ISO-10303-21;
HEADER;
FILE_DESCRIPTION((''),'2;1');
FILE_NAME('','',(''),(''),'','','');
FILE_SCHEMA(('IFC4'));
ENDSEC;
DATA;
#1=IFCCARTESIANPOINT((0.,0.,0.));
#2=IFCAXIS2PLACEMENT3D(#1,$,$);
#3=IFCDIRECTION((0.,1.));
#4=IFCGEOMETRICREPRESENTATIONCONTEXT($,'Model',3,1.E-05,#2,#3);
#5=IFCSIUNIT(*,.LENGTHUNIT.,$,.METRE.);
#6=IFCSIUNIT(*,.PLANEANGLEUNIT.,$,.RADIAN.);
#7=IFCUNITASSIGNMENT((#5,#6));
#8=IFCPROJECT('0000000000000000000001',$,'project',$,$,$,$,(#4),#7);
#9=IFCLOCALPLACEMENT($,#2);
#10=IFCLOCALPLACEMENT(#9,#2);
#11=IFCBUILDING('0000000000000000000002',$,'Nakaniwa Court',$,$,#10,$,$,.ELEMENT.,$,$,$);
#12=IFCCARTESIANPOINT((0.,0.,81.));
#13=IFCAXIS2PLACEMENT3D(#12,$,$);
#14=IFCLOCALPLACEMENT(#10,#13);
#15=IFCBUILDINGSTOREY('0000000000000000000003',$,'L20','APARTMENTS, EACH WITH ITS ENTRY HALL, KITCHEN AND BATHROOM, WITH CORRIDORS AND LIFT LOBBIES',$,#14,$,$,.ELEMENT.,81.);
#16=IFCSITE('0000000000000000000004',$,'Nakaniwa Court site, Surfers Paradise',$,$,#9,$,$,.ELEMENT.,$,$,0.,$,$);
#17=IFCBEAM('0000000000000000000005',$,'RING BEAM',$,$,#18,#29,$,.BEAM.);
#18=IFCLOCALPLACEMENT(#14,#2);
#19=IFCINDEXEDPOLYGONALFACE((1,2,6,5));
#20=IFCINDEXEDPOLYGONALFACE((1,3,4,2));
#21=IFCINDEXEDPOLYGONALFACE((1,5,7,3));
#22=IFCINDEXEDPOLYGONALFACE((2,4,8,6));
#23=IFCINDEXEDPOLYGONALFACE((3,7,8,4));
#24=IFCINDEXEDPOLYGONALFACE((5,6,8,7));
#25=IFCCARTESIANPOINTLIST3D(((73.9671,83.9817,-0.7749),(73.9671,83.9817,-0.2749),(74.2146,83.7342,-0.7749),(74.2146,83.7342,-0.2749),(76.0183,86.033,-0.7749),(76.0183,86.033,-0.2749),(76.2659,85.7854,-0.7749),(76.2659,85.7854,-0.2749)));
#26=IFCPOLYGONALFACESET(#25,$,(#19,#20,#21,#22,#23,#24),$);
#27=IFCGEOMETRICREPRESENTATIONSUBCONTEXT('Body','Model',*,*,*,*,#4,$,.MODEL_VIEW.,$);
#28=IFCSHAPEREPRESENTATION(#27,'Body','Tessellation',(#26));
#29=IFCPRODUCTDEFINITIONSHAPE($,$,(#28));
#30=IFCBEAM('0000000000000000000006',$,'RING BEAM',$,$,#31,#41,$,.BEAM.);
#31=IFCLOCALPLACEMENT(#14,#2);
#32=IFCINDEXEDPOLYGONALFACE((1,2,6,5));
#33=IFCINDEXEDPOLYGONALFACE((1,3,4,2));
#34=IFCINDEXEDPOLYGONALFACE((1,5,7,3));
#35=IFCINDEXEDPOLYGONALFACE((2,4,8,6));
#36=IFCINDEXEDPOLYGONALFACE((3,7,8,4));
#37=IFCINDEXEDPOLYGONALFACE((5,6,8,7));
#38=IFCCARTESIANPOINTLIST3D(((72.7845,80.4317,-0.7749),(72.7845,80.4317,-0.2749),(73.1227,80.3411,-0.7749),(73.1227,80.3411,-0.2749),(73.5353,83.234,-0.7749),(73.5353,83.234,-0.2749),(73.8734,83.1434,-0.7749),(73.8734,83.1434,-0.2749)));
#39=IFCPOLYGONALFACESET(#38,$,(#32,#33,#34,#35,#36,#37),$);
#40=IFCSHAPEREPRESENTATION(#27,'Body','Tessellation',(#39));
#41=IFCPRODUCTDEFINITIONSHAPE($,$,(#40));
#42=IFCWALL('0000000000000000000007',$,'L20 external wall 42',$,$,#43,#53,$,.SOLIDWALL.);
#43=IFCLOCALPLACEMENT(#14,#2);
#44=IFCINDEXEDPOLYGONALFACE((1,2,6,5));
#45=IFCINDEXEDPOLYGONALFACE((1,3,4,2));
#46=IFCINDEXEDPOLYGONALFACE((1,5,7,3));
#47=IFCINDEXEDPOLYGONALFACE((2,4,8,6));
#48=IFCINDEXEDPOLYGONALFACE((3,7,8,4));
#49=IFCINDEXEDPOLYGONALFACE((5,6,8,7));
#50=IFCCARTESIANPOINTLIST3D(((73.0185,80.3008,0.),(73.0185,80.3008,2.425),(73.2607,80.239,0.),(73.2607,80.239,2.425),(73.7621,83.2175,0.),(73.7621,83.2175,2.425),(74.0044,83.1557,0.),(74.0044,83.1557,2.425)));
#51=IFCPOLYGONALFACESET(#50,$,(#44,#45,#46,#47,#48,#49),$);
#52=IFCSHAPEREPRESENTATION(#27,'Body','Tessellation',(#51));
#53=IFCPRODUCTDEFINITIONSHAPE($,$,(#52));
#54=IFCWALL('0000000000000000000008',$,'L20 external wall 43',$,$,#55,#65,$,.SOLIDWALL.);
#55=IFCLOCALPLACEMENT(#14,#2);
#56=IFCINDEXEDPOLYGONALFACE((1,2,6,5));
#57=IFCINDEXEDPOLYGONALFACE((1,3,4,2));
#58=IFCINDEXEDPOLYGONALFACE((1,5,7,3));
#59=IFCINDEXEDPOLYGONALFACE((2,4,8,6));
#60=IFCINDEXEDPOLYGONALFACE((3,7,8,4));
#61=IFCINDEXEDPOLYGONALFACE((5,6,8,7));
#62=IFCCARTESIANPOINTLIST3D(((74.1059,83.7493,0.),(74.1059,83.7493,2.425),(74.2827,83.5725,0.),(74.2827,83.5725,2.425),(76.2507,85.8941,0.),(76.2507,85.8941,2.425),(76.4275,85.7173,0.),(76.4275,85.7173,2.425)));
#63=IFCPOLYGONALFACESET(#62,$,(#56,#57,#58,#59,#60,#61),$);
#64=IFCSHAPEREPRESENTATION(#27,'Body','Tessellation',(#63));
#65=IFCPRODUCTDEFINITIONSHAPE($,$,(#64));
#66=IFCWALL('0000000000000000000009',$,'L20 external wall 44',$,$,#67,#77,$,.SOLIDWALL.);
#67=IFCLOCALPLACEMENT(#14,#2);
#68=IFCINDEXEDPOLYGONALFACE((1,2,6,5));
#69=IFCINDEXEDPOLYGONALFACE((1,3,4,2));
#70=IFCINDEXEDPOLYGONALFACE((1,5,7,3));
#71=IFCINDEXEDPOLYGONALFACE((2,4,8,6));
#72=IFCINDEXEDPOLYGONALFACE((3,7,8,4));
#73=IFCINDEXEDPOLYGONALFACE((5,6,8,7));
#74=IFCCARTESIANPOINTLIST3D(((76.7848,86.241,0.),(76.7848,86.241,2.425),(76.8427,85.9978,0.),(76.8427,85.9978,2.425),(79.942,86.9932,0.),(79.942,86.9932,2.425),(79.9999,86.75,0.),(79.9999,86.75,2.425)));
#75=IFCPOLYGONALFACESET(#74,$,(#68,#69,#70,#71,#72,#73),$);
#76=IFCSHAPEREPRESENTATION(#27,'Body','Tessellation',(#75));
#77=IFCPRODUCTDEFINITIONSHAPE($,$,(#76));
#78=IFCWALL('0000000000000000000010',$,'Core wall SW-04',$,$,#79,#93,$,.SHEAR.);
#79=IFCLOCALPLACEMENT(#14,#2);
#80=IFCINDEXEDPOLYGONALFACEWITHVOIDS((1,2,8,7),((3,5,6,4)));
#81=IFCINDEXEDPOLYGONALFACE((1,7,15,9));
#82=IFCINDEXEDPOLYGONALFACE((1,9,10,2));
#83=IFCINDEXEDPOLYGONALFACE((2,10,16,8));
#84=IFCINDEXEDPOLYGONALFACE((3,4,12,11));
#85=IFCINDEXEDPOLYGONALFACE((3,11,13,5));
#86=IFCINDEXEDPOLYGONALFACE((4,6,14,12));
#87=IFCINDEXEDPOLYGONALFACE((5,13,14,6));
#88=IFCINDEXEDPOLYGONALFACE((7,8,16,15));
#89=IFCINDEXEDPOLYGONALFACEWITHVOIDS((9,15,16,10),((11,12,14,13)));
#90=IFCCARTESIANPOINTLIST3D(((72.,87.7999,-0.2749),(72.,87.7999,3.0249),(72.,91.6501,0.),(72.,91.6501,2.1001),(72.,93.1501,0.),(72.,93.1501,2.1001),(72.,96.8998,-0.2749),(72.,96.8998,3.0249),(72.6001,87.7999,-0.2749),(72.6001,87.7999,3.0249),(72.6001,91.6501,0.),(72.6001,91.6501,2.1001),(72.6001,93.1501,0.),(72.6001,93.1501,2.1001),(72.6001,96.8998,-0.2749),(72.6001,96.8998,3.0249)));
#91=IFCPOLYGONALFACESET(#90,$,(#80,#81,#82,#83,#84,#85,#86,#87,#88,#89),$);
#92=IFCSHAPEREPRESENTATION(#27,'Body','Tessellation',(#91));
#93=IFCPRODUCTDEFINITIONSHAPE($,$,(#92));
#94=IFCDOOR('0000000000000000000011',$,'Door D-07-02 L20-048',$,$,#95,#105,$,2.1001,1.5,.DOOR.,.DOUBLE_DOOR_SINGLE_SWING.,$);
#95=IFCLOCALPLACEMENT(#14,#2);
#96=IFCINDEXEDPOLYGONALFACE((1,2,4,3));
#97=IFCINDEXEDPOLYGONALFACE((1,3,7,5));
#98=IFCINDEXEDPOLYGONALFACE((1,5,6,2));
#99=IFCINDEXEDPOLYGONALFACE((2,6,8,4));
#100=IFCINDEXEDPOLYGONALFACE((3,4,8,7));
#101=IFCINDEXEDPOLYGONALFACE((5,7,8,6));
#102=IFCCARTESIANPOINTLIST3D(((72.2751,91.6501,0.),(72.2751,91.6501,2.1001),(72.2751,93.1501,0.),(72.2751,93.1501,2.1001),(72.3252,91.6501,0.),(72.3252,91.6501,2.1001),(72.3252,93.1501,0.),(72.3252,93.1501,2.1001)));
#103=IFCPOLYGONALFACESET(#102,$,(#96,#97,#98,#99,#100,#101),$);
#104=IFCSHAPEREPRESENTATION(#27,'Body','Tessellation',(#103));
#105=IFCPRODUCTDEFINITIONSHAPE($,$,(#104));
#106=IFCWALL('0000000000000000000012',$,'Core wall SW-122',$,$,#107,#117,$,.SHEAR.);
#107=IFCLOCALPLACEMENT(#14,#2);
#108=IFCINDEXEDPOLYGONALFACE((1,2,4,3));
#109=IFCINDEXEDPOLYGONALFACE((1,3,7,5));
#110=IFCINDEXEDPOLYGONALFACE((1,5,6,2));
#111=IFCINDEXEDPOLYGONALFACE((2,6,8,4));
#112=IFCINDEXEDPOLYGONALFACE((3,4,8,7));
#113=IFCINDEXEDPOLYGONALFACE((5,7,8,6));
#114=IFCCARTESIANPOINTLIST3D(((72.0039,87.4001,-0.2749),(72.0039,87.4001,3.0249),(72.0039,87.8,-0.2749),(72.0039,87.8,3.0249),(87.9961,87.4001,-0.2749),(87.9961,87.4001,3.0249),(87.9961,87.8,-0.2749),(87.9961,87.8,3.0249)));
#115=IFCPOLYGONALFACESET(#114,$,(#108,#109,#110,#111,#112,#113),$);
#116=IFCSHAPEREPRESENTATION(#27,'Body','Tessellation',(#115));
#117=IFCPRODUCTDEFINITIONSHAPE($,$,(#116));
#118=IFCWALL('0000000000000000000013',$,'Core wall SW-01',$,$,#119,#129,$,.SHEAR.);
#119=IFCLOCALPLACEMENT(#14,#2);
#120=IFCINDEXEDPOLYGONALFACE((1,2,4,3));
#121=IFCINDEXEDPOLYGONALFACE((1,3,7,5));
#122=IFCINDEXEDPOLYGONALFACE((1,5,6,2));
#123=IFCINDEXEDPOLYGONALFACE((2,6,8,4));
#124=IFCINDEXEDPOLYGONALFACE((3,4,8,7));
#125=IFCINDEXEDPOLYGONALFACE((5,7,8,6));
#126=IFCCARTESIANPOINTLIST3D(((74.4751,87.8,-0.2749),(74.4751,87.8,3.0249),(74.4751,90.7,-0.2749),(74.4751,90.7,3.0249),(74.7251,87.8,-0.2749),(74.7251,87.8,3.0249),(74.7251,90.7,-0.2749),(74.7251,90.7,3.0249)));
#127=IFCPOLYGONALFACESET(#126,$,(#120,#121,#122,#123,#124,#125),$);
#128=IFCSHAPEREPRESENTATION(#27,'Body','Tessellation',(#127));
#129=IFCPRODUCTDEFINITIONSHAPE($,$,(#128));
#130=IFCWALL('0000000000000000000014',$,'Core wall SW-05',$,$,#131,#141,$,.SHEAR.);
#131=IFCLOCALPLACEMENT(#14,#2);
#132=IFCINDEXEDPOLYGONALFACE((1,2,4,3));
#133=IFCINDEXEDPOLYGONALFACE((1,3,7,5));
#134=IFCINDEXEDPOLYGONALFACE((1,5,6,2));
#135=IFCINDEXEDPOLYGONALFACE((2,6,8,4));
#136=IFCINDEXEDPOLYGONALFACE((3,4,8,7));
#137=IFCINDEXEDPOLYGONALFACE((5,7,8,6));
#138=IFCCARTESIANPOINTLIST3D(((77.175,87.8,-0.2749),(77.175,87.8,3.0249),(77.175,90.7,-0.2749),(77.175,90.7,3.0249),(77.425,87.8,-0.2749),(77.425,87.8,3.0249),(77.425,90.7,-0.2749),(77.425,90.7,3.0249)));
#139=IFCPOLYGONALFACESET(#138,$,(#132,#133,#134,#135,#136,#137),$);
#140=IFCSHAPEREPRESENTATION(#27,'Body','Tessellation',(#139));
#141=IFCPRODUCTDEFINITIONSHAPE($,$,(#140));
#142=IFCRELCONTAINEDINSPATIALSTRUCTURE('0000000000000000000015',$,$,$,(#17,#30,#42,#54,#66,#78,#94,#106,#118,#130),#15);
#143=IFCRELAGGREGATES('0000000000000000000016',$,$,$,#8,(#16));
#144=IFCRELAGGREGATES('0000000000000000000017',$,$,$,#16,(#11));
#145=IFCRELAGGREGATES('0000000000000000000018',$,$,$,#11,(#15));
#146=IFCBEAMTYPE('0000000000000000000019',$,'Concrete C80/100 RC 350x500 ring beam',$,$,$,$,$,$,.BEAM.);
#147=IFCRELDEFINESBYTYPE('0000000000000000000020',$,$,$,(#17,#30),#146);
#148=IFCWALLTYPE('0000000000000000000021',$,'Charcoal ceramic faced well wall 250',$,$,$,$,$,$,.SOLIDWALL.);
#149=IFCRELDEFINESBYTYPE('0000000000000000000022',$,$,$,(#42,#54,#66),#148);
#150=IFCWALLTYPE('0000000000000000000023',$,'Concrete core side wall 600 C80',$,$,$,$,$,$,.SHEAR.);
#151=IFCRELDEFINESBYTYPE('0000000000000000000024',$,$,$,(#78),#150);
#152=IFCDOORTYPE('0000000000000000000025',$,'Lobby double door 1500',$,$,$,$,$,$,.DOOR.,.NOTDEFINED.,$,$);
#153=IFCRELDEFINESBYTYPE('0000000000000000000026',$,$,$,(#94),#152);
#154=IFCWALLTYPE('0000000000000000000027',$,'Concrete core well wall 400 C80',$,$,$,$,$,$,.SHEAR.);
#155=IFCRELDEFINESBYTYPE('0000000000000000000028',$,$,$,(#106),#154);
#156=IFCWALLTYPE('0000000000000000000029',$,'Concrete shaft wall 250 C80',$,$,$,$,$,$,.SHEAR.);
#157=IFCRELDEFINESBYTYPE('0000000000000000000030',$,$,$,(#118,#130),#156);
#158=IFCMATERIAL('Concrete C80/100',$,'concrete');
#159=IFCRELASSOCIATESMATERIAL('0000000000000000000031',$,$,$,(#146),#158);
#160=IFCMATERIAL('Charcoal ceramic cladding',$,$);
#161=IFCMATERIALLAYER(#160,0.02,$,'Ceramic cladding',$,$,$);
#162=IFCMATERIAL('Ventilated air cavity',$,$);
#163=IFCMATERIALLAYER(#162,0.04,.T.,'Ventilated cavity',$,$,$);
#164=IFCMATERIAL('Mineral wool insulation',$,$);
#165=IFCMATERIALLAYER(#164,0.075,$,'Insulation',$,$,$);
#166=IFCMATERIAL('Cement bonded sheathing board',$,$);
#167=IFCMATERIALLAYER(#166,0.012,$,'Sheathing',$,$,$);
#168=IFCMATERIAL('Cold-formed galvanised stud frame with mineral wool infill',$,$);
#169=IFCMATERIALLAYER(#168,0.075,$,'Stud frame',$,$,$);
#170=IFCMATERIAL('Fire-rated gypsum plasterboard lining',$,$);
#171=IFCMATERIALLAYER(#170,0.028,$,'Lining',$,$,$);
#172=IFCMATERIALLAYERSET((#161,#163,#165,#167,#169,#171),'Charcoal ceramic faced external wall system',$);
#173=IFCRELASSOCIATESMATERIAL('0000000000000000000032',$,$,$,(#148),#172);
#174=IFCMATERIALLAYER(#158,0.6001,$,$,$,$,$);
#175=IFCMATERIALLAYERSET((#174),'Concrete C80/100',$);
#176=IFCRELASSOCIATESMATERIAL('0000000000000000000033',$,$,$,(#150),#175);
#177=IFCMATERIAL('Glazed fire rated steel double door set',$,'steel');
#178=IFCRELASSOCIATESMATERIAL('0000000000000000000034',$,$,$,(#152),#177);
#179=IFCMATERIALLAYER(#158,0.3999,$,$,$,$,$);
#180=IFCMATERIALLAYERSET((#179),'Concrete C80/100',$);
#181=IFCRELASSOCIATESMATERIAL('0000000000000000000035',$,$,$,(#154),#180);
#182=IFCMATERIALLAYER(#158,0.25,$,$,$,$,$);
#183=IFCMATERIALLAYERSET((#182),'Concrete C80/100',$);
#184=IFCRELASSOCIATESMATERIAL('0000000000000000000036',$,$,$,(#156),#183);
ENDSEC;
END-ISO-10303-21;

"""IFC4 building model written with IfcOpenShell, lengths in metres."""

from ifc_helpers import new_model, si_unit, direction, frame, frame_2d, origin, origin_2d, place, context, subcontext, project, spatial, rectangle, extrude, material, layer, layer_set, material_profile, profile_set, type_object, element, fill, save


model = new_model("IFC4")

# Units and contexts
model_context = context("Model", 3, precision=1e-05, world=origin(), true_north=direction((0.0, 1.0)))
body_context = subcontext(model_context, "Body", "Model", "MODEL_VIEW")
ifc_project = project(units=[si_unit("LENGTHUNIT", "METRE"), si_unit("PLANEANGLEUNIT", "RADIAN")], contexts=[model_context])

# Site, building, storey
site_placement = place(None, origin())
site = spatial("IfcSite", under=ifc_project, at=site_placement, Name="Nakaniwa Court site, Surfers Paradise", CompositionType="ELEMENT", RefElevation=0.0)
building_placement = place(site_placement, origin())
building = spatial("IfcBuilding", under=site, at=building_placement, Name="Nakaniwa Court", CompositionType="ELEMENT")
storey_placement = place(building_placement, frame((0.0, 0.0, 81.0)))
storey = spatial("IfcBuildingStorey", under=building, at=storey_placement, Name="L20", Description="APARTMENTS, EACH WITH ITS ENTRY HALL, KITCHEN AND BATHROOM, WITH CORRIDORS AND LIFT LOBBIES", CompositionType="ELEMENT", Elevation=81.0)

# Shared definitions
ifc_material_1 = material(Name="Concrete C80/100", Category="concrete")

# Beams
ifc_material_profile_1 = material_profile(ifc_material_1, rectangle(XDim=0.3501, YDim=0.5, at=origin_2d()), Name="Concrete C80/100 RC 350x500 ring beam")
ifc_profile_set_1 = profile_set([ifc_material_profile_1], Name="Concrete C80/100")
beam_type = type_object("IfcBeamType", Name="Concrete C80/100 RC 350x500 ring beam", PredefinedType="BEAM", material=ifc_profile_set_1)
beam_1_placement = place(storey_placement, frame((76.1421, 85.9092, -0.5249), z_axis=(-0.707107, -0.707107, 0.0), x_axis=(0.707107, -0.707107, 0.0)))
element("IfcBeam", 1, at=beam_1_placement, inside=storey, type_object=beam_type, Name="RING BEAM", PredefinedType="BEAM", context=body_context, shape_type="SweptSolid", body=[
    extrude(rectangle(XDim=0.3501, YDim=0.5, at=origin_2d()), origin(), (0.0, 0.0, 1.0), 2.9009),
])
beam_2_placement = place(storey_placement, frame((73.7043, 83.1887, -0.5249), z_axis=(-0.258778, -0.965937, 0.0), x_axis=(0.965937, -0.258778, 0.0)))
element("IfcBeam", 2, at=beam_2_placement, inside=storey, type_object=beam_type, Name="RING BEAM", PredefinedType="BEAM", context=body_context, shape_type="SweptSolid", body=[
    extrude(rectangle(XDim=0.3501, YDim=0.5, at=origin_2d()), origin(), (0.0, 0.0, 1.0), 2.9011),
])

# Walls
ifc_material_2 = material(Name="Charcoal ceramic cladding")
ifc_layer_1 = layer(ifc_material_2, 0.02, Name="Ceramic cladding")
ifc_material_3 = material(Name="Ventilated air cavity")
ifc_layer_2 = layer(ifc_material_3, 0.04, ventilated=True, Name="Ventilated cavity")
ifc_material_4 = material(Name="Mineral wool insulation")
ifc_layer_3 = layer(ifc_material_4, 0.075, Name="Insulation")
ifc_material_5 = material(Name="Cement bonded sheathing board")
ifc_layer_4 = layer(ifc_material_5, 0.012, Name="Sheathing")
ifc_material_6 = material(Name="Cold-formed galvanised stud frame with mineral wool infill")
ifc_layer_5 = layer(ifc_material_6, 0.075, Name="Stud frame")
ifc_material_7 = material(Name="Fire-rated gypsum plasterboard lining")
ifc_layer_6 = layer(ifc_material_7, 0.028, Name="Lining")
ifc_layer_set_1 = layer_set([ifc_layer_1, ifc_layer_2, ifc_layer_3, ifc_layer_4, ifc_layer_5, ifc_layer_6], Name="Charcoal ceramic faced external wall system")
wall_type_1 = type_object("IfcWallType", Name="Charcoal ceramic faced well wall 250", PredefinedType="SOLIDWALL", material=ifc_layer_set_1)
wall_1_placement = place(storey_placement, frame((73.1396, 80.27, 0.0), z_axis=(0.0, 0.0, 1.0), x_axis=(0.247056, 0.969001, 0.0)))
element("IfcWall", 3, at=wall_1_placement, inside=storey, type_object=wall_type_1, Name="L20 external wall 42", PredefinedType="SOLIDWALL", context=body_context, shape_type="SweptSolid", body=[
    extrude(rectangle(XDim=3.01, YDim=0.25, at=frame_2d((1.5049, 0.0))), origin(), (0.0, 0.0, 1.0), 2.425),
])
wall_2_placement = place(storey_placement, frame((74.1943, 83.6609, 0.0), z_axis=(0.0, 0.0, 1.0), x_axis=(0.707107, 0.707107, 0.0)))
element("IfcWall", 4, at=wall_2_placement, inside=storey, type_object=wall_type_1, Name="L20 external wall 43", PredefinedType="SOLIDWALL", context=body_context, shape_type="SweptSolid", body=[
    extrude(rectangle(XDim=3.0332, YDim=0.25, at=frame_2d((1.5166, 0.0))), origin(), (0.0, 0.0, 1.0), 2.425),
])
wall_3_placement = place(storey_placement, frame((76.8137, 86.1194, 0.0), z_axis=(0.0, 0.0, 1.0), x_axis=(0.972773, 0.23176, 0.0)))
element("IfcWall", 5, at=wall_3_placement, inside=storey, type_object=wall_type_1, Name="L20 external wall 44", PredefinedType="SOLIDWALL", context=body_context, shape_type="SweptSolid", body=[
    extrude(rectangle(XDim=3.2456, YDim=0.25, at=frame_2d((1.6228, 0.0))), origin(), (0.0, 0.0, 1.0), 2.425),
])

# Wall, opening, door
ifc_layer_7 = layer(ifc_material_1, 0.6001)
ifc_layer_set_2 = layer_set([ifc_layer_7], Name="Concrete C80/100")
wall_type_2 = type_object("IfcWallType", Name="Concrete core side wall 600 C80", PredefinedType="SHEAR", material=ifc_layer_set_2)
wall_4_placement = place(storey_placement, frame((72.3, 87.8, -0.2749), z_axis=(0.0, 0.0, 1.0), x_axis=(0.0, 1.0, 0.0)))
wall_4 = element("IfcWall", 6, at=wall_4_placement, inside=storey, type_object=wall_type_2, Name="Core wall SW-04", PredefinedType="SHEAR", context=body_context, shape_type="SweptSolid", body=[
    extrude(rectangle(XDim=9.0999, YDim=0.6001, at=frame_2d((4.5498, 0.0))), origin(), (0.0, 0.0, 1.0), 3.2998),
])
opening_placement = place(wall_4_placement, frame((3.8501, 0.0, 0.2749)))
opening = element("IfcOpeningElement", 7, at=opening_placement, cuts=wall_4, PredefinedType="OPENING", context=body_context, shape_type="SweptSolid", body=[
    extrude(rectangle(XDim=1.5, YDim=2.1001, at=frame_2d((0.75, 1.05))), frame((0.0, 0.3101, 0.0), z_axis=(0.0, -1.0, 0.0), x_axis=(1.0, 0.0, 0.0)), (0.0, 0.0, 1.0), 0.6201),
])
ifc_material_8 = material(Name="Glazed fire rated steel double door set", Category="steel")
door_type = type_object("IfcDoorType", Name="Lobby double door 1500", OperationType="NOTDEFINED", PredefinedType="DOOR", material=ifc_material_8)
door_placement = place(opening_placement, origin())
door = element("IfcDoor", 8, at=door_placement, inside=storey, type_object=door_type, Name="Door D-07-02 L20-048", OperationType="DOUBLE_DOOR_SINGLE_SWING", OverallHeight=2.1001, OverallWidth=1.5, PredefinedType="DOOR", context=body_context, shape_type="SweptSolid", body=[
    extrude(rectangle(XDim=1.5, YDim=2.1001, at=frame_2d((0.75, 1.05))), frame((0.0, 0.0249, 0.0), z_axis=(0.0, -1.0, 0.0), x_axis=(1.0, 0.0, 0.0)), (0.0, 0.0, 1.0), 0.05),
])
fill(opening, door)

# Walls
ifc_layer_8 = layer(ifc_material_1, 0.3999)
ifc_layer_set_3 = layer_set([ifc_layer_8], Name="Concrete C80/100")
wall_type_3 = type_object("IfcWallType", Name="Concrete core well wall 400 C80", PredefinedType="SHEAR", material=ifc_layer_set_3)
wall_5_placement = place(storey_placement, frame((72.0039, 87.6001, -0.2749), z_axis=(0.0, 0.0, 1.0), x_axis=(1.0, 0.0, 0.0)))
element("IfcWall", 9, at=wall_5_placement, inside=storey, type_object=wall_type_3, Name="Core wall SW-122", PredefinedType="SHEAR", context=body_context, shape_type="SweptSolid", body=[
    extrude(rectangle(XDim=15.9922, YDim=0.3999, at=frame_2d((7.9961, 0.0))), origin(), (0.0, 0.0, 1.0), 3.2998),
])
ifc_layer_9 = layer(ifc_material_1, 0.25)
ifc_layer_set_4 = layer_set([ifc_layer_9], Name="Concrete C80/100")
wall_type_4 = type_object("IfcWallType", Name="Concrete shaft wall 250 C80", PredefinedType="SHEAR", material=ifc_layer_set_4)
for number, where, z_axis, x_axis, name in (
    (10, (74.6001, 87.8, -0.2749), (0.0, 0.0, 1.0), (0.0, 1.0, 0.0), "Core wall SW-01"),
    (11, (77.3, 87.8, -0.2749), (0.0, 0.0, 1.0), (0.0, 1.0, 0.0), "Core wall SW-05"),
):
    element("IfcWall", number, at=place(storey_placement, frame(where, z_axis=z_axis, x_axis=x_axis)), inside=storey, type_object=wall_type_4, Name=name, PredefinedType="SHEAR", context=body_context, shape_type="SweptSolid", body=[
        extrude(rectangle(XDim=2.8999, YDim=0.25, at=frame_2d((1.45, 0.0))), origin(), (0.0, 0.0, 1.0), 3.2998),
    ])

save(model, "model.ifc")
